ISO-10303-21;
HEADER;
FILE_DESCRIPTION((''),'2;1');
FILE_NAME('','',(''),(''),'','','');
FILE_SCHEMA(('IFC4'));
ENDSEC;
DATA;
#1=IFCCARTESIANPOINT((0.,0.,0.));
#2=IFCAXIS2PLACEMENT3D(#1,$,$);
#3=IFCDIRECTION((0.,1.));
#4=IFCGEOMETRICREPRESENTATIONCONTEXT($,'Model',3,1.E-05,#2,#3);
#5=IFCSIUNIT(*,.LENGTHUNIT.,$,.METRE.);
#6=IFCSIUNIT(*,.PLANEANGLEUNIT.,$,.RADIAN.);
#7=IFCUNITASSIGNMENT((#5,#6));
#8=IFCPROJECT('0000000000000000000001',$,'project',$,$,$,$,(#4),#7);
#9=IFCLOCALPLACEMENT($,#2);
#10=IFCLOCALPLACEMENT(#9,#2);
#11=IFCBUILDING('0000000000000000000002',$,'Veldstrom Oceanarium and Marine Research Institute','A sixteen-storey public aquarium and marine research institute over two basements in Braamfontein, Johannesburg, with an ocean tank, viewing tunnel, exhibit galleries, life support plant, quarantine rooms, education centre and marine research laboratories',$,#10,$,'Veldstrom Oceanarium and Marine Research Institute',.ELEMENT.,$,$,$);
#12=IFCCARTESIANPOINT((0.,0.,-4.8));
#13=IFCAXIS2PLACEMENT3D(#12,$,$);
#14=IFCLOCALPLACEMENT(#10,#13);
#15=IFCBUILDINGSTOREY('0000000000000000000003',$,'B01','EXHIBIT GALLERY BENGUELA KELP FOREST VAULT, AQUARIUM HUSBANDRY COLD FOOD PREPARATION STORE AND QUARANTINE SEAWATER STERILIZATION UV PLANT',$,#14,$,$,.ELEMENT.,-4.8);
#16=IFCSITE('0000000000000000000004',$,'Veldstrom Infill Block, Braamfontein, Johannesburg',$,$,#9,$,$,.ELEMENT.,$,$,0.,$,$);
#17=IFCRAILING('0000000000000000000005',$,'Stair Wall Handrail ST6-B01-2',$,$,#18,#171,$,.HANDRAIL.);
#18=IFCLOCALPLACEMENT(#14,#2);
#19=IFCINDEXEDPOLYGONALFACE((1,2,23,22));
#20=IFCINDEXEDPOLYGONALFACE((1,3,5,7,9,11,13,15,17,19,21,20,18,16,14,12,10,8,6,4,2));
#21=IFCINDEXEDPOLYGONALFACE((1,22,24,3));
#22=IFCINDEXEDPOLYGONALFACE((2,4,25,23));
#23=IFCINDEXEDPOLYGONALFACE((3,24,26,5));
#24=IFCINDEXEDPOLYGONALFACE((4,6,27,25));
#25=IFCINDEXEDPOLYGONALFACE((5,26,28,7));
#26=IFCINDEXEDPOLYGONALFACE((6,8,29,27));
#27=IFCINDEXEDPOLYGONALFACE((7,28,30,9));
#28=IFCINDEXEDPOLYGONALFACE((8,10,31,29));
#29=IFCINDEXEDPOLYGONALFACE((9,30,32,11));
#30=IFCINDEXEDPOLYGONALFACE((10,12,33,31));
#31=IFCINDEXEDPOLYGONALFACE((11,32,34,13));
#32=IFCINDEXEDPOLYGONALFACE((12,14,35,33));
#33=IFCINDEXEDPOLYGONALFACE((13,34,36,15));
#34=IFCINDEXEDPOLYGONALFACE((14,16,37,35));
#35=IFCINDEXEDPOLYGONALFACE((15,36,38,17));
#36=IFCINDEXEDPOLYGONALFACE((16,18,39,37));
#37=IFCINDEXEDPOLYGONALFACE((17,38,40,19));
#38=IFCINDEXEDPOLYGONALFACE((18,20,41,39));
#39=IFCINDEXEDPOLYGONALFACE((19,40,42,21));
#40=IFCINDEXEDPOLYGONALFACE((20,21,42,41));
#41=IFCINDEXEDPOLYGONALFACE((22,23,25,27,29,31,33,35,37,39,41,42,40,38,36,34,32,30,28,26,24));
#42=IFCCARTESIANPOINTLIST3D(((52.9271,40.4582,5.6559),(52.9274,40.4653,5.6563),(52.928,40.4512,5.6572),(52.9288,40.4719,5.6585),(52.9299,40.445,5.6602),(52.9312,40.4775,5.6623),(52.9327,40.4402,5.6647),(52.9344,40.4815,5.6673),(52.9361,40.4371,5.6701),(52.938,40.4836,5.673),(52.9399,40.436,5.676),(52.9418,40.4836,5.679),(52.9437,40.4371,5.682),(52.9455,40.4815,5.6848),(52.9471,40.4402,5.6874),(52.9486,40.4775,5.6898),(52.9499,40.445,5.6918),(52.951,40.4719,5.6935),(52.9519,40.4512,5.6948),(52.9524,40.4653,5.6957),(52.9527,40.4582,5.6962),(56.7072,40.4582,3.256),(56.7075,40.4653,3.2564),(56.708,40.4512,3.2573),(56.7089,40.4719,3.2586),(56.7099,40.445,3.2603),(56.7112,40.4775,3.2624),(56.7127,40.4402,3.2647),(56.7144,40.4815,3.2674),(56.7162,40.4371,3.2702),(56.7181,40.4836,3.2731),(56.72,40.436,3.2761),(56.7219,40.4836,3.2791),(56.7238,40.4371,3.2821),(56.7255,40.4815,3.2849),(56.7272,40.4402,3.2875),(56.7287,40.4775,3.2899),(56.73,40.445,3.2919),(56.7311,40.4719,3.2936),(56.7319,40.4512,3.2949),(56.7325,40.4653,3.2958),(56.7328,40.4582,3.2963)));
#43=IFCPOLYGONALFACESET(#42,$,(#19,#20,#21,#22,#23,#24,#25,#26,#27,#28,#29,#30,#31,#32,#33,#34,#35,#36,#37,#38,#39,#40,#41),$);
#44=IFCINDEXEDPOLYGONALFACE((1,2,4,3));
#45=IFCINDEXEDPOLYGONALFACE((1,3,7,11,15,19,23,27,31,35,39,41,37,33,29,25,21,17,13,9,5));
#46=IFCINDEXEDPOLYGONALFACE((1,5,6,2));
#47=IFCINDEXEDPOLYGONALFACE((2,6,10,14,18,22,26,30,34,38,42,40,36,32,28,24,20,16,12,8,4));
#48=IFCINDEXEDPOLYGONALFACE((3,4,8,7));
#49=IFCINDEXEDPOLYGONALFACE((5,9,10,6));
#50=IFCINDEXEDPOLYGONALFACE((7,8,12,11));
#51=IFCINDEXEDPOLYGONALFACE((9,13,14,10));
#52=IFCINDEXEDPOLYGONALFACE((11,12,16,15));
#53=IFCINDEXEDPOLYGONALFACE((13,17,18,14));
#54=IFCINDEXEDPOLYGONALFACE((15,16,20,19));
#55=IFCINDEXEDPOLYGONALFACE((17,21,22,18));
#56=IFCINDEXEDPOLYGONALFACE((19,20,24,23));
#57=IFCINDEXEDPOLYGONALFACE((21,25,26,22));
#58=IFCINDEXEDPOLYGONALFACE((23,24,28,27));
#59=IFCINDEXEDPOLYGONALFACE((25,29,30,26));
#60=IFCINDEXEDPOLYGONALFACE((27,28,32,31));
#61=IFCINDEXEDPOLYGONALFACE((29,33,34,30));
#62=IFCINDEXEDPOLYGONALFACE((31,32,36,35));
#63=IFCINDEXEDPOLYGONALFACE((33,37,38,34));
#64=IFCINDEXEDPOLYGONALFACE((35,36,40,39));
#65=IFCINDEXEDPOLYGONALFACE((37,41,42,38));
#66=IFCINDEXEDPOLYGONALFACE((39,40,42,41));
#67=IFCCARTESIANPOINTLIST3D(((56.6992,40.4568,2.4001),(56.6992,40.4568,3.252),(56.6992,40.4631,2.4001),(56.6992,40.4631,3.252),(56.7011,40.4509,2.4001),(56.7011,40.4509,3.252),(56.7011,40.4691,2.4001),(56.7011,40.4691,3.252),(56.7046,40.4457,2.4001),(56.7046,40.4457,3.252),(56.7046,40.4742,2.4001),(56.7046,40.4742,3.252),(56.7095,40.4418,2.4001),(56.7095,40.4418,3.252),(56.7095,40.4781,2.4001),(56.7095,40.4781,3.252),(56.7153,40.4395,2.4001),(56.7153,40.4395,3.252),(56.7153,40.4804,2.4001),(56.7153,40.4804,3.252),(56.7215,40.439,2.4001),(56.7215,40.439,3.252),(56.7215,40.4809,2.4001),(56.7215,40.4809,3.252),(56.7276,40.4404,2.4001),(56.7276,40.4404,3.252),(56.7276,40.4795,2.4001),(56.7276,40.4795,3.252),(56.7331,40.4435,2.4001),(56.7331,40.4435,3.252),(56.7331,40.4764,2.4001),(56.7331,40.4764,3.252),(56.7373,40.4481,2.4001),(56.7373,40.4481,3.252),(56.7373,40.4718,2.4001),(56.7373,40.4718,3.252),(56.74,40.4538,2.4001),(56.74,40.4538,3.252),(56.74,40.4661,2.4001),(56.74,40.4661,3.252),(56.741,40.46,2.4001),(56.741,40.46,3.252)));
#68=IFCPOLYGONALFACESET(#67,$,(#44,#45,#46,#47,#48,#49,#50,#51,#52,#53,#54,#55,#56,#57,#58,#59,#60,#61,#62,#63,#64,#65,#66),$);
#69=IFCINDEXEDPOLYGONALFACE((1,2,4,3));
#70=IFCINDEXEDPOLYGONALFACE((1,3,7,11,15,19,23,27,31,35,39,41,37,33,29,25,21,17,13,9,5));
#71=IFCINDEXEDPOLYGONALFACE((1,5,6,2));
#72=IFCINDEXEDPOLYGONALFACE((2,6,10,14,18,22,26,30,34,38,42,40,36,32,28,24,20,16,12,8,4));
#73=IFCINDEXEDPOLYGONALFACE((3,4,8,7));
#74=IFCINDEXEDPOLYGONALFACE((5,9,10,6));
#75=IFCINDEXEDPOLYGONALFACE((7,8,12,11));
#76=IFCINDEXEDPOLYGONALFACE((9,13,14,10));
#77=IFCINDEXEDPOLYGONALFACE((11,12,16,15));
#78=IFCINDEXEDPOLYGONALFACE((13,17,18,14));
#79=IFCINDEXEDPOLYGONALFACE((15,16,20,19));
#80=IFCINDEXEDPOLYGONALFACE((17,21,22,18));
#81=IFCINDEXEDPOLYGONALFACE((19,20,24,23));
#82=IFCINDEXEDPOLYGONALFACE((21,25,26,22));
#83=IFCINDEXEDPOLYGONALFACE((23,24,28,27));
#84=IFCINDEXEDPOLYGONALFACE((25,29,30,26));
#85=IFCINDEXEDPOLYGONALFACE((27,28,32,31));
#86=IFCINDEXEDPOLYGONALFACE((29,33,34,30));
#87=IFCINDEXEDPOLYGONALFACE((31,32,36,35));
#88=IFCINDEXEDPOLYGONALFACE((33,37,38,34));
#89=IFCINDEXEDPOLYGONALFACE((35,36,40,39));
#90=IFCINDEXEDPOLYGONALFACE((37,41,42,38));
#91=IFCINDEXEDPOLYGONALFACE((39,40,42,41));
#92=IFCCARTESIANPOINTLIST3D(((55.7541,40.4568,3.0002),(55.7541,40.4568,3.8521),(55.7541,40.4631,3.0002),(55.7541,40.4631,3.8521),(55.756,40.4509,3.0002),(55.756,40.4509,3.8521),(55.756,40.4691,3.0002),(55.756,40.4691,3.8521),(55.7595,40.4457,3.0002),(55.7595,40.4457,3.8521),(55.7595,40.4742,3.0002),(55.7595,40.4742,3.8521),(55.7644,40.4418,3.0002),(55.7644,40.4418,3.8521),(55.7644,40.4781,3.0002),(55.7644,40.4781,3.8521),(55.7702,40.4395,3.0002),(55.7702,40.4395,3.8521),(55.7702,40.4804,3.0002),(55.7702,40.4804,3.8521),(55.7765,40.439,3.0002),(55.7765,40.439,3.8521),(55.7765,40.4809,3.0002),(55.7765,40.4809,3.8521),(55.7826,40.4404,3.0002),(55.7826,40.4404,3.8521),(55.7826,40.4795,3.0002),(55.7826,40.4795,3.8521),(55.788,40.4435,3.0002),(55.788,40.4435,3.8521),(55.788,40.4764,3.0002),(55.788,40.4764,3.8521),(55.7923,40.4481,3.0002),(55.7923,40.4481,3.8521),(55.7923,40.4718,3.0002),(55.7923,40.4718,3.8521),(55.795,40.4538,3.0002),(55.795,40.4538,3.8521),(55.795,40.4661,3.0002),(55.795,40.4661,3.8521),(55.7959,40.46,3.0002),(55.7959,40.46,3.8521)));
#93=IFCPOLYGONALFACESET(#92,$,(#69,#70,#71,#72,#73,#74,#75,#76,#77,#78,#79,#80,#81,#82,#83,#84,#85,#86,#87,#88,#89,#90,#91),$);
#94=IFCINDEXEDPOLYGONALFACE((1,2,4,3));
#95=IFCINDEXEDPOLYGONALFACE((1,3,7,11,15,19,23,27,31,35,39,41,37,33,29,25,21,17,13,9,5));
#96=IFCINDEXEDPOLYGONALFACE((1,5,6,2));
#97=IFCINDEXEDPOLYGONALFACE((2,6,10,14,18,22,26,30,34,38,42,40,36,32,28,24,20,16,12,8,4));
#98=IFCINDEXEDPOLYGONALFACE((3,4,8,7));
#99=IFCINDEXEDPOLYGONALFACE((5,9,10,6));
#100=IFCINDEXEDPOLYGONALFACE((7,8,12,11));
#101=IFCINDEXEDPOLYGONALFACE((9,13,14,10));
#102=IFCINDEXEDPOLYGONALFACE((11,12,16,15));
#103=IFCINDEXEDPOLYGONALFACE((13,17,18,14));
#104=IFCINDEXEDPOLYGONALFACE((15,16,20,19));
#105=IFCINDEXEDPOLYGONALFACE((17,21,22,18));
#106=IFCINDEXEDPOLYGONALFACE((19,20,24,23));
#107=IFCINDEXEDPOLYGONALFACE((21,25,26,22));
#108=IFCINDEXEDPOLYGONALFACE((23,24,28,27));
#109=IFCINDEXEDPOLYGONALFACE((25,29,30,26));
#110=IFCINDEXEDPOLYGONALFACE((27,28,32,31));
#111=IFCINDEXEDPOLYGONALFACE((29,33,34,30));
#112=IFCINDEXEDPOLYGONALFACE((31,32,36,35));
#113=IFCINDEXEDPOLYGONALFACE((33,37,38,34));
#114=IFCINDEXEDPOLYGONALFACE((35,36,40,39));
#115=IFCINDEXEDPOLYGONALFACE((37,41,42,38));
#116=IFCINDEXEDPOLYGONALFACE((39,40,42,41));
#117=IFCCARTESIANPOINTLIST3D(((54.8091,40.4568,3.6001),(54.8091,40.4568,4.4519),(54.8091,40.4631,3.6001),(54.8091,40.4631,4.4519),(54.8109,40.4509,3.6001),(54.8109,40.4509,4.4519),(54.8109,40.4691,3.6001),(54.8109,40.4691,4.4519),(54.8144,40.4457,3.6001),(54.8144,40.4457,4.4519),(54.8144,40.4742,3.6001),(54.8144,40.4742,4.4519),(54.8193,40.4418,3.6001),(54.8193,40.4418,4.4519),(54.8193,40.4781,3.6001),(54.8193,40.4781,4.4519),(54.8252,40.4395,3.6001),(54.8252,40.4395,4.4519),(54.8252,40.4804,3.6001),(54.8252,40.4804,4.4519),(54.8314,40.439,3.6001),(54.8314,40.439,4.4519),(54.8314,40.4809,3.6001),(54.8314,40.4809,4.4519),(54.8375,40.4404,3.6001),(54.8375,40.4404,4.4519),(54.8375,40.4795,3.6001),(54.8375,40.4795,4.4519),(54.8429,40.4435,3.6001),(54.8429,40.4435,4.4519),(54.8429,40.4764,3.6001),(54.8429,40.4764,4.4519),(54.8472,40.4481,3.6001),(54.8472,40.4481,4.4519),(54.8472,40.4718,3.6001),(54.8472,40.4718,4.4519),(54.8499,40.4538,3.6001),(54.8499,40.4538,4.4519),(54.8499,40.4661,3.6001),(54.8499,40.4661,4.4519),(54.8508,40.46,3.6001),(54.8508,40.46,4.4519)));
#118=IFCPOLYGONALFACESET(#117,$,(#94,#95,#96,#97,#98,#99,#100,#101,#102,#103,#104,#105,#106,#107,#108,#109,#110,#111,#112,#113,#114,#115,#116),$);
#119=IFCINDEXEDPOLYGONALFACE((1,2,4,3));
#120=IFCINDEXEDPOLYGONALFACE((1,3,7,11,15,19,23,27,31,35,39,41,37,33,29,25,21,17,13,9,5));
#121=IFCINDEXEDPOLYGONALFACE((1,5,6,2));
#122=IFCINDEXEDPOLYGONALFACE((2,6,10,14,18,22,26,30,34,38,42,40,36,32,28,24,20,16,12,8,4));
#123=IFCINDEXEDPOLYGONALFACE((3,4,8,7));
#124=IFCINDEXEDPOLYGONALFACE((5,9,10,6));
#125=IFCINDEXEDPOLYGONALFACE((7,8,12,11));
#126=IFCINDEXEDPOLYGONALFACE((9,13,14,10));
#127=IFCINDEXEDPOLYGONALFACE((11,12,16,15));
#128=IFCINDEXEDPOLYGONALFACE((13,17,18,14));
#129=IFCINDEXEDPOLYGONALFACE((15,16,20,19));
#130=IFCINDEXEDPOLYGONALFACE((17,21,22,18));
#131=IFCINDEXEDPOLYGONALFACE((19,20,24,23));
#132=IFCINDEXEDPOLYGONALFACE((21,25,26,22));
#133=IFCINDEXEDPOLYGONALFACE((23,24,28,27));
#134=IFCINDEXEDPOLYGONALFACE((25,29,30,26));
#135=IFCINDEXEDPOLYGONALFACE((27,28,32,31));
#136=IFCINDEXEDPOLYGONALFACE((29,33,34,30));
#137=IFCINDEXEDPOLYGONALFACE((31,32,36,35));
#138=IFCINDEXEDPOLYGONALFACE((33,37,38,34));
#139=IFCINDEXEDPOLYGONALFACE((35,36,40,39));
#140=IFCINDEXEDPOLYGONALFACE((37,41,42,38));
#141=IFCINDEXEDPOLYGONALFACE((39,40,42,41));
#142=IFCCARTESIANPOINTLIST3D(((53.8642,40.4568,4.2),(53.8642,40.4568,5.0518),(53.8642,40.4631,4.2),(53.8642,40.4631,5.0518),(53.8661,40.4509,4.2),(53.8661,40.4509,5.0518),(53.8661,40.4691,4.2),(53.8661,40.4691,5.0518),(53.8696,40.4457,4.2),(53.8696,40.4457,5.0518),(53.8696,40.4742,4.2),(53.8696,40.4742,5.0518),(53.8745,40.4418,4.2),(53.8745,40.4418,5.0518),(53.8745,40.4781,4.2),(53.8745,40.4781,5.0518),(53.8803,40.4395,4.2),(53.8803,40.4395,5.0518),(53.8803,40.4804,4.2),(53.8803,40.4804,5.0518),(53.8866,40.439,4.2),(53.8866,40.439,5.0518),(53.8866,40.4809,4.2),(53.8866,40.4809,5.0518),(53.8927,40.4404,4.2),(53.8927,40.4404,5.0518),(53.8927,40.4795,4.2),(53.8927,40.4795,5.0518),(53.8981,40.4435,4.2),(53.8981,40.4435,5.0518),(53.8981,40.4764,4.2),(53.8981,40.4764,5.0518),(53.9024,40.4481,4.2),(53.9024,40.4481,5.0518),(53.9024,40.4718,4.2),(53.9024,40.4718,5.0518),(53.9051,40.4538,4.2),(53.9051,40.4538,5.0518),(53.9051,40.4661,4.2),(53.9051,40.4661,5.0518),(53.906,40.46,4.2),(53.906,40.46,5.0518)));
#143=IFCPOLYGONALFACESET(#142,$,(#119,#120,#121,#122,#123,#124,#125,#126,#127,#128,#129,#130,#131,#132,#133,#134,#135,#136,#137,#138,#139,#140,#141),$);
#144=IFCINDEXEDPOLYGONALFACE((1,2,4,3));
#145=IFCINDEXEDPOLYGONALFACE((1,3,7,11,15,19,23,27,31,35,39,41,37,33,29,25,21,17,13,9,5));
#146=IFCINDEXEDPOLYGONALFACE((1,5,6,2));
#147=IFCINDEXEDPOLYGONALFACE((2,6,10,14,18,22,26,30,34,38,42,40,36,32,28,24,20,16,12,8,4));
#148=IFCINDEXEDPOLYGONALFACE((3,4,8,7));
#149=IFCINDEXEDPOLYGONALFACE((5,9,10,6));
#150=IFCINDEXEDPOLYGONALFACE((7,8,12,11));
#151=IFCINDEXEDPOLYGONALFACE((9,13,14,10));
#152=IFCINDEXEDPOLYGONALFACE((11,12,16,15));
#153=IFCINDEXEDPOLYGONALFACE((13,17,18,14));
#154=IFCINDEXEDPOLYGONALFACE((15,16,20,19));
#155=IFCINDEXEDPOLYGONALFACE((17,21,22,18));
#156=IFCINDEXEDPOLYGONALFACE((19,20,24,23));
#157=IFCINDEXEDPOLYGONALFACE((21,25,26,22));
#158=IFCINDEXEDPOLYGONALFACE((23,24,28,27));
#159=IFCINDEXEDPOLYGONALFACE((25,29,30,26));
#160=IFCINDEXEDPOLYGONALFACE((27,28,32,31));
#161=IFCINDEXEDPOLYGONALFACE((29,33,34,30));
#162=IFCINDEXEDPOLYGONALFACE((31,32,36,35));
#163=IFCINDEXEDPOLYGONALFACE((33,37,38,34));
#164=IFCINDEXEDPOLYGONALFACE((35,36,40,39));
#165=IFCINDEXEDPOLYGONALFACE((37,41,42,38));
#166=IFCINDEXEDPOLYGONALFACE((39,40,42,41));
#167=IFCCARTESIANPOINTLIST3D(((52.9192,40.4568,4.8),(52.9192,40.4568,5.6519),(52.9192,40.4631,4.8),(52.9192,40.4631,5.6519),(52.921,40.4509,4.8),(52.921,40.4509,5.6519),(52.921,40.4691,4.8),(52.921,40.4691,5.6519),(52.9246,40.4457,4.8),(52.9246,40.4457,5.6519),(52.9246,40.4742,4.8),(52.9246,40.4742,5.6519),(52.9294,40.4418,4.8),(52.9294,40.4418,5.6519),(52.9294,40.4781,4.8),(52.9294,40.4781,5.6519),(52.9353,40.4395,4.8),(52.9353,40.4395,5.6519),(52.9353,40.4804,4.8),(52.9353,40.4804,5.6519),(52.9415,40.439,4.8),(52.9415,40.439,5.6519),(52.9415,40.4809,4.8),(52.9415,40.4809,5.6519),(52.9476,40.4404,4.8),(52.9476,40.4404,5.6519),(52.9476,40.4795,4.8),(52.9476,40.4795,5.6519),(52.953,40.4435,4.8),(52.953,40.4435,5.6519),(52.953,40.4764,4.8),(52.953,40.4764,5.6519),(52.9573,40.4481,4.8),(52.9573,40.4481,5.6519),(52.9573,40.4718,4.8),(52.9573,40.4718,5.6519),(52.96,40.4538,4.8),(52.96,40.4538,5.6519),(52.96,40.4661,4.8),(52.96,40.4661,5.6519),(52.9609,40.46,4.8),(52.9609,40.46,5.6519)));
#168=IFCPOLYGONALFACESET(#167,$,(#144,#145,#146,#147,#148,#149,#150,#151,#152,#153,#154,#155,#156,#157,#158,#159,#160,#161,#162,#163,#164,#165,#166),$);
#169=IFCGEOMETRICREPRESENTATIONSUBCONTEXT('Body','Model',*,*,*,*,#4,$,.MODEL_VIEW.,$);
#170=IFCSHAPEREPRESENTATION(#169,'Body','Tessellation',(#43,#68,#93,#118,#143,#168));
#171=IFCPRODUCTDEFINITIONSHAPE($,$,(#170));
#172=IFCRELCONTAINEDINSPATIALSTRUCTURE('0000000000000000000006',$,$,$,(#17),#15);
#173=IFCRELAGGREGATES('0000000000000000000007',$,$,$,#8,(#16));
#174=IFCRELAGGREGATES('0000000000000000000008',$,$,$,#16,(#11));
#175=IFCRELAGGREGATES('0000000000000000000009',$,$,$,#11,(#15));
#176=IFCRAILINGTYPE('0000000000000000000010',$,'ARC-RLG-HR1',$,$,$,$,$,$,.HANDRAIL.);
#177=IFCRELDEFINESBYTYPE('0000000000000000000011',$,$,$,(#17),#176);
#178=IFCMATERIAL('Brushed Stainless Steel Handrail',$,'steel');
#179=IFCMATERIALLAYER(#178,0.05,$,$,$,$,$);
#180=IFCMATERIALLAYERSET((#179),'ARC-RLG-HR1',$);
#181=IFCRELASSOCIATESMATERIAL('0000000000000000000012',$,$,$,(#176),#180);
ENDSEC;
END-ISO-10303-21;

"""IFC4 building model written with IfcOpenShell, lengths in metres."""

from ifc_helpers import new_model, si_unit, direction, frame, origin, origin_2d, place, context, subcontext, project, spatial, circle, extrude, material, layer, layer_set, type_object, element, save


model = new_model("IFC4")

# Units and contexts
model_context = context("Model", 3, precision=1e-05, world=origin(), true_north=direction((0.0, 1.0)))
body_context = subcontext(model_context, "Body", "Model", "MODEL_VIEW")
ifc_project = project(units=[si_unit("LENGTHUNIT", "METRE"), si_unit("PLANEANGLEUNIT", "RADIAN")], contexts=[model_context])

# Site, building, storey
site_placement = place(None, origin())
site = spatial("IfcSite", under=ifc_project, at=site_placement, Name="Veldstrom Infill Block, Braamfontein, Johannesburg", CompositionType="ELEMENT", RefElevation=0.0)
building_placement = place(site_placement, origin())
building = spatial("IfcBuilding", under=site, at=building_placement, Name="Veldstrom Oceanarium and Marine Research Institute", Description="A sixteen-storey public aquarium and marine research institute over two basements in Braamfontein, Johannesburg, with an ocean tank, viewing tunnel, exhibit galleries, life support plant, quarantine rooms, education centre and marine research laboratories", LongName="Veldstrom Oceanarium and Marine Research Institute", CompositionType="ELEMENT")
storey_placement = place(building_placement, frame((0.0, 0.0, -4.8)))
storey = spatial("IfcBuildingStorey", under=building, at=storey_placement, Name="B01", Description="EXHIBIT GALLERY BENGUELA KELP FOREST VAULT, AQUARIUM HUSBANDRY COLD FOOD PREPARATION STORE AND QUARANTINE SEAWATER STERILIZATION UV PLANT", CompositionType="ELEMENT", Elevation=-4.8)

# Railing
ifc_material_1 = material(Name="Brushed Stainless Steel Handrail", Category="steel")
ifc_layer_1 = layer(ifc_material_1, 0.05)
ifc_layer_set_1 = layer_set([ifc_layer_1], Name="ARC-RLG-HR1")
railing_type_1 = type_object("IfcRailingType", Name="ARC-RLG-HR1", PredefinedType="HANDRAIL", material=ifc_layer_set_1)
railing_1_placement = place(storey_placement, frame((56.72, 40.46, 2.4001)))
element("IfcRailing", 1, at=railing_1_placement, inside=storey, type_object=railing_type_1, Name="Stair Wall Handrail ST6-B01-2", PredefinedType="HANDRAIL", context=body_context, shape_type="SweptSolid", body=[
    extrude(circle(Radius=0.0239, at=origin_2d()), frame((0.0, 0.0, 0.876), z_axis=(-0.844225, 0.0, 0.53599), x_axis=(0.0, -1.0, 0.0)), (0.0, 0.0, 1.0), 4.4775),
    extrude(circle(Radius=0.021, at=origin_2d()), origin(), (0.0, 0.0, 1.0), 0.8518),
    extrude(circle(Radius=0.021, at=origin_2d()), frame((-0.9451, 0.0, 0.6001)), (0.0, 0.0, 1.0), 0.8518),
    extrude(circle(Radius=0.021, at=origin_2d()), frame((-1.8901, 0.0, 1.2)), (0.0, 0.0, 1.0), 0.8518),
    extrude(circle(Radius=0.021, at=origin_2d()), frame((-2.835, 0.0, 1.7998)), (0.0, 0.0, 1.0), 0.8518),
    extrude(circle(Radius=0.021, at=origin_2d()), frame((-3.78, 0.0, 2.3999)), (0.0, 0.0, 1.0), 0.8518),
])

save(model, "model.ifc")
